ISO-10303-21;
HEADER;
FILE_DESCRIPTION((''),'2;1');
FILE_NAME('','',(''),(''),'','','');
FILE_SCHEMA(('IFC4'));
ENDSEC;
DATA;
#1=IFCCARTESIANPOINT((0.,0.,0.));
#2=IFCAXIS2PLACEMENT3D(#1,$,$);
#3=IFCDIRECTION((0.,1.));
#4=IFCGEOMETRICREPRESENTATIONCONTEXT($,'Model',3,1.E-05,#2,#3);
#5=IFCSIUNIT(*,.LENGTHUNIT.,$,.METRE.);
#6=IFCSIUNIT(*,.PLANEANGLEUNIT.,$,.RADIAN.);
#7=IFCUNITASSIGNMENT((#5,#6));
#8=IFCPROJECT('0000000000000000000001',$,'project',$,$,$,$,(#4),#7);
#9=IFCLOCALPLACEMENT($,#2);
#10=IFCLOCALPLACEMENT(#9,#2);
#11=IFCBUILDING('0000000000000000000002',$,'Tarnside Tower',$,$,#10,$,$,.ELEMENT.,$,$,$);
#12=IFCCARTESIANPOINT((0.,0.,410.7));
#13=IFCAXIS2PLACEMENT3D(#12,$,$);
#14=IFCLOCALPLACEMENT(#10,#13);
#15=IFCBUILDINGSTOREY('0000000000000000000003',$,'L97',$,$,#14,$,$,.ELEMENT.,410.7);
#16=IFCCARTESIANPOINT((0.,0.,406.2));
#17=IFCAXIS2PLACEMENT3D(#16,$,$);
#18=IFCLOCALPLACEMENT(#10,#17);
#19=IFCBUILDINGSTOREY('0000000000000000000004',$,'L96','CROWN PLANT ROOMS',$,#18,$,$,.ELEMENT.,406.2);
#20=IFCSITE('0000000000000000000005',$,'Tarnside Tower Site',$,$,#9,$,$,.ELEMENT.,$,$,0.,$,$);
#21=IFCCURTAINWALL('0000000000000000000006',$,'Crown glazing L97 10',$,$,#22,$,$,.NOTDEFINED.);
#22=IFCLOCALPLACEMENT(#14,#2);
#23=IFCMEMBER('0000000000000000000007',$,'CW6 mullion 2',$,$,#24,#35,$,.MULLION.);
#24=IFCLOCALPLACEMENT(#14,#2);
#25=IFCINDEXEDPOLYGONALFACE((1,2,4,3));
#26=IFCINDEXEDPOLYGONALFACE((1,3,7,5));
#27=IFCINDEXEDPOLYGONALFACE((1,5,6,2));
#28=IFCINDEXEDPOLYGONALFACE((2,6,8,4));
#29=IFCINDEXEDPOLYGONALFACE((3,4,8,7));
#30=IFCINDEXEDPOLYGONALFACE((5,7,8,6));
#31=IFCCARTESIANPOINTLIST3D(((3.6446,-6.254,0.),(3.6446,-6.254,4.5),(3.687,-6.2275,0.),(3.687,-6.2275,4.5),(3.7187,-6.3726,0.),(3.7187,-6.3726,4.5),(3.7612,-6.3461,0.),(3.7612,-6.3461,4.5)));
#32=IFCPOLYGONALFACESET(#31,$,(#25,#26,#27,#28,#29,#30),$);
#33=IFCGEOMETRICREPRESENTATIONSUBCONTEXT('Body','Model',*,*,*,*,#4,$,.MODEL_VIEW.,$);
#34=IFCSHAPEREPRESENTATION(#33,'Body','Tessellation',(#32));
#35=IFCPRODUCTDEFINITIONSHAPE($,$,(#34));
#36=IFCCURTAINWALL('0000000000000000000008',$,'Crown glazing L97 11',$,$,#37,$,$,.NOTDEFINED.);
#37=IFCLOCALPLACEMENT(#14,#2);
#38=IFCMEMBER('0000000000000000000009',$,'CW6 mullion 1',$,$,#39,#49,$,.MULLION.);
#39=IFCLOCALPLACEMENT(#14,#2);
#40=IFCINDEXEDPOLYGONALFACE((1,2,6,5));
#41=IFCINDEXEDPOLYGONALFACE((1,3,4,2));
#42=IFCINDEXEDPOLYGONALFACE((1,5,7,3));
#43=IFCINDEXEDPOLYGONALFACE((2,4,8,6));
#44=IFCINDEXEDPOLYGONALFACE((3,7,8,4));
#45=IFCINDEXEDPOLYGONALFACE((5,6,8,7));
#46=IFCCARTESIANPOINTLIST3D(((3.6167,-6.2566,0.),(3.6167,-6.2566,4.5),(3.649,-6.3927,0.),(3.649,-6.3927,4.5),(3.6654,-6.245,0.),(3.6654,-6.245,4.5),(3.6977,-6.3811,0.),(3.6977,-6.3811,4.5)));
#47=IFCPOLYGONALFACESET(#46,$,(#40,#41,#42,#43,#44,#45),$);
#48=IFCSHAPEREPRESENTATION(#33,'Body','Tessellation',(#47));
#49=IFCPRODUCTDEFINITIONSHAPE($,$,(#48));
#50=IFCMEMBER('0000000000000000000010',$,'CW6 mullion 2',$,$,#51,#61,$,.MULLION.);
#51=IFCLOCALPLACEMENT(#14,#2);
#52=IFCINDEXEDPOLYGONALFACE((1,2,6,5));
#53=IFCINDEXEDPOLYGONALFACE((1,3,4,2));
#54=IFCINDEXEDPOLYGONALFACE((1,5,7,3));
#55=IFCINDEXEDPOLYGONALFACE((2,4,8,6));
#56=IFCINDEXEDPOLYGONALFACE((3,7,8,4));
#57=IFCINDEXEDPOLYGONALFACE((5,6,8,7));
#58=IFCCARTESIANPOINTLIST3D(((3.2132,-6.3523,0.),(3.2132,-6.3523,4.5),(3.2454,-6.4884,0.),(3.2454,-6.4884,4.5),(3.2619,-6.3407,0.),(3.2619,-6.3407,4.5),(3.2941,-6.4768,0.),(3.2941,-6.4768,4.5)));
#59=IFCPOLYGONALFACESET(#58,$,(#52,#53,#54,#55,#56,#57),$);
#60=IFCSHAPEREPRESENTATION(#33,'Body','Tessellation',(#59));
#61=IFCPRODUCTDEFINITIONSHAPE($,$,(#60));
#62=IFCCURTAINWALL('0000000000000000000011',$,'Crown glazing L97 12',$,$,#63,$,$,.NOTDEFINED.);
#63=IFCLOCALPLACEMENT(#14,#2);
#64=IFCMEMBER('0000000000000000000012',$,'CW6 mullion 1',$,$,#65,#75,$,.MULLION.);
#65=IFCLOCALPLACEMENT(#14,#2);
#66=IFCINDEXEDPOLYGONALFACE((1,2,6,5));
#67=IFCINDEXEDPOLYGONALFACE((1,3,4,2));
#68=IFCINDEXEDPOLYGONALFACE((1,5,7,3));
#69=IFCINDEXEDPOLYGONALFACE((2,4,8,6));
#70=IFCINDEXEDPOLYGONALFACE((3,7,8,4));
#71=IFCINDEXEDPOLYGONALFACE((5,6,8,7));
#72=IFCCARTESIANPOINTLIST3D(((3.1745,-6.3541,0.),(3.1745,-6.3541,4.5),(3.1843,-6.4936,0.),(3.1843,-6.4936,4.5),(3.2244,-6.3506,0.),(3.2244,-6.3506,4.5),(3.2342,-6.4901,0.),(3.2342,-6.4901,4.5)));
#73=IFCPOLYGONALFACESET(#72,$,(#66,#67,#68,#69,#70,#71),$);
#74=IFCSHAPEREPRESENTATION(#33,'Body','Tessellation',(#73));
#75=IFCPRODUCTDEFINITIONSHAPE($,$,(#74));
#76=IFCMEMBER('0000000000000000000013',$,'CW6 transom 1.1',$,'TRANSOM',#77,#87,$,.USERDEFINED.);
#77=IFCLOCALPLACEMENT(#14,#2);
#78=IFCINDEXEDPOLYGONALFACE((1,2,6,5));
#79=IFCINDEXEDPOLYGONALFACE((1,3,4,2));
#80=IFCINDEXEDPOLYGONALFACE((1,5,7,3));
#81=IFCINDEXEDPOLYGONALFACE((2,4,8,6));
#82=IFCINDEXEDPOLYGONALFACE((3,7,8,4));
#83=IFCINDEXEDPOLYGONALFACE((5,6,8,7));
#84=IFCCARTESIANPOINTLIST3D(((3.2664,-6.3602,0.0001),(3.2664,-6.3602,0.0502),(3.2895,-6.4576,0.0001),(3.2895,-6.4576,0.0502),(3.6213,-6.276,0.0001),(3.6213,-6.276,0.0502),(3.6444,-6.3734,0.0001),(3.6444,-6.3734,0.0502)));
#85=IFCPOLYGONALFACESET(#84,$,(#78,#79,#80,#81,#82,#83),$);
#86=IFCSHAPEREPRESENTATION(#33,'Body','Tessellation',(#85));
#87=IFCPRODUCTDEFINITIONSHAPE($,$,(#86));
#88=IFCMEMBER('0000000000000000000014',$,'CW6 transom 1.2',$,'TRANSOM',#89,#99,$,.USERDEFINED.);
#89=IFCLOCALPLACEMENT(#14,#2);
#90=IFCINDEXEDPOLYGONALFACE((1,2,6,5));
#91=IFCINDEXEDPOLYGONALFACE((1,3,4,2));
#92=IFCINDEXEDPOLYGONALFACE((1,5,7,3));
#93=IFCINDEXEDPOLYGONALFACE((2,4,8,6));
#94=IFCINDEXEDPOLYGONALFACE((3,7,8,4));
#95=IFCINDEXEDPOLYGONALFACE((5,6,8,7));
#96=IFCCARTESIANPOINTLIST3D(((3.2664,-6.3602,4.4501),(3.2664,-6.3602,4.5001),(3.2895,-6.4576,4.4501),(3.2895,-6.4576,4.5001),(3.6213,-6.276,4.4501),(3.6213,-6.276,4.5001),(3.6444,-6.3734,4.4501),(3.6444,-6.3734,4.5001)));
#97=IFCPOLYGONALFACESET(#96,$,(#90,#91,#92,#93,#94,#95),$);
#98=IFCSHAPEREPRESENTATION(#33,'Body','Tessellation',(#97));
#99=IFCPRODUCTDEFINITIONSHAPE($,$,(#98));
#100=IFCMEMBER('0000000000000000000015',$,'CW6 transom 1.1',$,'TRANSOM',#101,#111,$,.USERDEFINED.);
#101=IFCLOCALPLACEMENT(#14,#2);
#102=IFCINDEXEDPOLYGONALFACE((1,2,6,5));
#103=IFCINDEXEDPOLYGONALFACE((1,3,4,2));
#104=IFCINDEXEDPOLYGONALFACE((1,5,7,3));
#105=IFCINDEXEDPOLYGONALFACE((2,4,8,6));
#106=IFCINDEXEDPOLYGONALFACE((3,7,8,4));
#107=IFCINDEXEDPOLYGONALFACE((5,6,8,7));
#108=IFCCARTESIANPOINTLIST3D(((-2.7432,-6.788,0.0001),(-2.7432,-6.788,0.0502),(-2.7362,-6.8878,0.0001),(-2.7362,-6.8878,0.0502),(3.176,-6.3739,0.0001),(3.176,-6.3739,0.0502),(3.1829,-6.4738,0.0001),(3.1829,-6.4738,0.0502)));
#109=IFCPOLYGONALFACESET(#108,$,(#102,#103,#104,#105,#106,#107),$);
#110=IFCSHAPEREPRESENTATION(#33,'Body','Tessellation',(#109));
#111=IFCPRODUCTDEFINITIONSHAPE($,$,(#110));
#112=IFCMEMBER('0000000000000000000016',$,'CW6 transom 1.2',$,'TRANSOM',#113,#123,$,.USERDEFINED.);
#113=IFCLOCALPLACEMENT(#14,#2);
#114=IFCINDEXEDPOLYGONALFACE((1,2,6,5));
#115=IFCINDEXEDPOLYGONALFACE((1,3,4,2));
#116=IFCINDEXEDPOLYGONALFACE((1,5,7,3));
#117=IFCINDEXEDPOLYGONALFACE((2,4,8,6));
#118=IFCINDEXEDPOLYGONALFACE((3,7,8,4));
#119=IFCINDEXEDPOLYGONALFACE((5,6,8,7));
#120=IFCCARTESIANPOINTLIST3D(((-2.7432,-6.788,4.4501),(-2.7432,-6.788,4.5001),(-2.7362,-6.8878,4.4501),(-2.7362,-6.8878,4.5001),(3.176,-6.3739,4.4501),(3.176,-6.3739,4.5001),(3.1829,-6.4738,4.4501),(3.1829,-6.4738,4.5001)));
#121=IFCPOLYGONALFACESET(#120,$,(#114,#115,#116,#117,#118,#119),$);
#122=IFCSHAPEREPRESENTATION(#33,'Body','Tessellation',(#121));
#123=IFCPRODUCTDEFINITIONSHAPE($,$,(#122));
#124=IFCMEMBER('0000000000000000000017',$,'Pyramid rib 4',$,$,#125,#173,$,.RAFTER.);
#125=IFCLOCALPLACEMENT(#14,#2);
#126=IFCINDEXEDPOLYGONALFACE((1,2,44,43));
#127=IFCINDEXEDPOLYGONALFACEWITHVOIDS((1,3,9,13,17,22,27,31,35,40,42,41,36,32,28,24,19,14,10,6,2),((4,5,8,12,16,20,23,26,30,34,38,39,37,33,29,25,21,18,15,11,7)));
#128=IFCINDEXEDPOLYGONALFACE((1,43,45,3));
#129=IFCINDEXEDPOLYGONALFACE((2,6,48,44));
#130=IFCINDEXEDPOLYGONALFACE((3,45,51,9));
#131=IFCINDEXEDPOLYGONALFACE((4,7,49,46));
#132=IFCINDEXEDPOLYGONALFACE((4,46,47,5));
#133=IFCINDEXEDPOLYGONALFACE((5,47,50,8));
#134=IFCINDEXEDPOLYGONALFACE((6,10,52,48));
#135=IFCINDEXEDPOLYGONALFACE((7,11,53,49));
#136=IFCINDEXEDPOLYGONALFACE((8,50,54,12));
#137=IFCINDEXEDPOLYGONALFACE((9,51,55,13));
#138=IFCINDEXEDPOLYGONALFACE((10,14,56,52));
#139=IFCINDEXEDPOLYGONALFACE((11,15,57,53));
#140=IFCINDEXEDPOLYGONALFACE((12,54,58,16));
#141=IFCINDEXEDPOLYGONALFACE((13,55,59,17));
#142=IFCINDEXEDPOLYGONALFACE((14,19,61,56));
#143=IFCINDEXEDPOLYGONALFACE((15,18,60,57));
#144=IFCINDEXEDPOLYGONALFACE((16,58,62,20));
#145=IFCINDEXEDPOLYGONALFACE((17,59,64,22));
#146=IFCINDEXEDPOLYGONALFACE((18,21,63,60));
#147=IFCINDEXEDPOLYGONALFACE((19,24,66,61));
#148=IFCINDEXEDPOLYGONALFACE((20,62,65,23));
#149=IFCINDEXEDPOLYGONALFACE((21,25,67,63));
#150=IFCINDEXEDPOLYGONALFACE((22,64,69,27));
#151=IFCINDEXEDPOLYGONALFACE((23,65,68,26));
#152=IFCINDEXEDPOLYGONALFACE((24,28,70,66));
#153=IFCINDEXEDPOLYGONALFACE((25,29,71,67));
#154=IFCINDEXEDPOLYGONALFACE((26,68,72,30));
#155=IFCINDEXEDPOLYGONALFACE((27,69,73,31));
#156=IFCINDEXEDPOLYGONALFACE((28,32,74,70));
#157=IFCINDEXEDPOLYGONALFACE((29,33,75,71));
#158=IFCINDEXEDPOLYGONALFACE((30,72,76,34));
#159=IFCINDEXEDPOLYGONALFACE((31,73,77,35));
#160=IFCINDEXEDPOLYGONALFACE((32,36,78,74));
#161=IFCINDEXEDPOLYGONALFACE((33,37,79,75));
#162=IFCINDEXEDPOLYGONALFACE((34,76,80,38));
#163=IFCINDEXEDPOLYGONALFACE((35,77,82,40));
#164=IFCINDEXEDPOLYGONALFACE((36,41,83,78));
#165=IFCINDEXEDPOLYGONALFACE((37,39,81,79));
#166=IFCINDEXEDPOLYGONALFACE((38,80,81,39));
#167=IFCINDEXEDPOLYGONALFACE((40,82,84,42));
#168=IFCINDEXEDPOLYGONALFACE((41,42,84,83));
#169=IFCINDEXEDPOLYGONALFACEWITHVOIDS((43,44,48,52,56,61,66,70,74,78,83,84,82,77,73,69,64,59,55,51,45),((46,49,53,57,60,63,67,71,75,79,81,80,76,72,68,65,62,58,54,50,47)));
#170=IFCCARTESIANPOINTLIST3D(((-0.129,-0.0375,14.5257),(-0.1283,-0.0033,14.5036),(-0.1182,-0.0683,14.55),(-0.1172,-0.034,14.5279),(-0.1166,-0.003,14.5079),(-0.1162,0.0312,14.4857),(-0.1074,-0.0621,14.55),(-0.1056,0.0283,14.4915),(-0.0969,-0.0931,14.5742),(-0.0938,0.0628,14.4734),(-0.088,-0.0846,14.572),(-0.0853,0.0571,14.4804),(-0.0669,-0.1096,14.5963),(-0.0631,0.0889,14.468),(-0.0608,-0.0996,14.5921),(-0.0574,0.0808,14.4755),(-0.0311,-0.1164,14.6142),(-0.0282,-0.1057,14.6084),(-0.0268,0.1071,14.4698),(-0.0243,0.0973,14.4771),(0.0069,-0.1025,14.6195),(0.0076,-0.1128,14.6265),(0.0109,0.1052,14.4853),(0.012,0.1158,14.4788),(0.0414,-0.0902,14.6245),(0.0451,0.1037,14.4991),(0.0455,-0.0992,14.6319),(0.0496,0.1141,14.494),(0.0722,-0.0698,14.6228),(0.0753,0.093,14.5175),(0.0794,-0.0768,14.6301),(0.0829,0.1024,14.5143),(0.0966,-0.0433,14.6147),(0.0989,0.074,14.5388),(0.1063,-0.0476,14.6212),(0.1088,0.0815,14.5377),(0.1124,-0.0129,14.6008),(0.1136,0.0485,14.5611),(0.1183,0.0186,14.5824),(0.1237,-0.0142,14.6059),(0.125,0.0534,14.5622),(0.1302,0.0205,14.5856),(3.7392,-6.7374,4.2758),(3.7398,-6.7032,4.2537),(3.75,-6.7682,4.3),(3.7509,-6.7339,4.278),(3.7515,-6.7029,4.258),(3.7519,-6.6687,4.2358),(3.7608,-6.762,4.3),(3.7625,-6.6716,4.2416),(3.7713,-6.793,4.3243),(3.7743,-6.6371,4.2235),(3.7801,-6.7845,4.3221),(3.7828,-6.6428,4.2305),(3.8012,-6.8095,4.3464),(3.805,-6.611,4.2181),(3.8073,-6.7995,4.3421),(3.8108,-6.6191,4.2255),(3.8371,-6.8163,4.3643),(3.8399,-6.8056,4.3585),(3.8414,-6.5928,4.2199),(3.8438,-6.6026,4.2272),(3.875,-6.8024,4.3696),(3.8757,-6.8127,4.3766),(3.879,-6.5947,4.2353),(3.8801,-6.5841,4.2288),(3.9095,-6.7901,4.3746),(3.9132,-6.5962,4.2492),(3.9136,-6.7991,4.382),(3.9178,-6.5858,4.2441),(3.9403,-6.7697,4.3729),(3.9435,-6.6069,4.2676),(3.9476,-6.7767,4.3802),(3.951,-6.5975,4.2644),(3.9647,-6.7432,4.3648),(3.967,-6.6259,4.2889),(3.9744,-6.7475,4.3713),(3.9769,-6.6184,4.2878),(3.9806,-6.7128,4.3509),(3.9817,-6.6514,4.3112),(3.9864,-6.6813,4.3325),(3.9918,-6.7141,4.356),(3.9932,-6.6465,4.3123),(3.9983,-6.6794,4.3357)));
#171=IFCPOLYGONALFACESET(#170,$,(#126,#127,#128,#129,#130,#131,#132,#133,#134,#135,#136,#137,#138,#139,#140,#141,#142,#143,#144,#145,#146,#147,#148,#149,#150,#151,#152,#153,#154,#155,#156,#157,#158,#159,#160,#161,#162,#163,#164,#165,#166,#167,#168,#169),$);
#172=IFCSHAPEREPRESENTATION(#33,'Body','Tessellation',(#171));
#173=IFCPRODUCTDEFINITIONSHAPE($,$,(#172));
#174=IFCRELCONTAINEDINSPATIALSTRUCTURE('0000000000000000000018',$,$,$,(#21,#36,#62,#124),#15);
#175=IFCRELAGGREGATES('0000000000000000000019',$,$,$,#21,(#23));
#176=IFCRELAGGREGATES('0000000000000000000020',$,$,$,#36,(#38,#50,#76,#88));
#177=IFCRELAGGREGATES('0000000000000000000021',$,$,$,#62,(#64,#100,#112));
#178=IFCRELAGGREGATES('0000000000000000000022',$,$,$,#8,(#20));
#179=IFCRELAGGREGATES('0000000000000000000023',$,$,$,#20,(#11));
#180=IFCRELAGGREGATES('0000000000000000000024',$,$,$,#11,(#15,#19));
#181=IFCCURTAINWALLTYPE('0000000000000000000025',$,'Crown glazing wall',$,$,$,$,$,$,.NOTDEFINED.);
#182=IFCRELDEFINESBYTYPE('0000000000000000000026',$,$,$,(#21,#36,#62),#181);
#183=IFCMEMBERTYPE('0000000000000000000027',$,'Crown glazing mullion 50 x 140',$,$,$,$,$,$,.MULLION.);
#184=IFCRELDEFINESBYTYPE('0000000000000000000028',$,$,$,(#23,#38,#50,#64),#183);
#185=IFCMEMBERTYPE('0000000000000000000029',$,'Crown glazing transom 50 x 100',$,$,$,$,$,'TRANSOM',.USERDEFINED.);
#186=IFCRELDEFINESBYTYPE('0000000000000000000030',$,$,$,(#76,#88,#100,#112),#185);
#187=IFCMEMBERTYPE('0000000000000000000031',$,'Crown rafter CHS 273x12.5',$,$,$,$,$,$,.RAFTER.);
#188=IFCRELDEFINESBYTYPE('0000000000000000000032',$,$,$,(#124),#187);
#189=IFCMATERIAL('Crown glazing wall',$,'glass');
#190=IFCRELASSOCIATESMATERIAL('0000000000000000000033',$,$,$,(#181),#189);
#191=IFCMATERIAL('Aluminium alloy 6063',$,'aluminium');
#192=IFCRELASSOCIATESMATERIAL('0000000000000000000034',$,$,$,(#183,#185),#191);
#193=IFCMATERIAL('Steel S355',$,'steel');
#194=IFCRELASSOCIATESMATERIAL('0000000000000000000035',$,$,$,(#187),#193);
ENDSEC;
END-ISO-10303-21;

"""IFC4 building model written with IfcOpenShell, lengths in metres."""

from ifc_helpers import new_model, si_unit, direction, frame, origin, origin_2d, place, context, subcontext, project, spatial, rectangle, hollow_circle, extrude, material, material_profile, profile_set, type_object, element, aggregate, save


model = new_model("IFC4")

# Units and contexts
model_context = context("Model", 3, precision=1e-05, world=origin(), true_north=direction((0.0, 1.0)))
body_context = subcontext(model_context, "Body", "Model", "MODEL_VIEW")
ifc_project = project(units=[si_unit("LENGTHUNIT", "METRE"), si_unit("PLANEANGLEUNIT", "RADIAN")], contexts=[model_context])

# Site, building, storey
site_placement = place(None, origin())
site = spatial("IfcSite", under=ifc_project, at=site_placement, Name="Tarnside Tower Site", CompositionType="ELEMENT", RefElevation=0.0)
building_placement = place(site_placement, origin())
building = spatial("IfcBuilding", under=site, at=building_placement, Name="Tarnside Tower", CompositionType="ELEMENT")
storey_1_placement = place(building_placement, frame((0.0, 0.0, 410.7)))
storey_1 = spatial("IfcBuildingStorey", under=building, at=storey_1_placement, Name="L97", CompositionType="ELEMENT", Elevation=410.7)

# Curtain wall, member
ifc_material_1 = material(Name="Crown glazing wall", Category="glass")
curtain_wall_type_1 = type_object("IfcCurtainWallType", Name="Crown glazing wall", PredefinedType="NOTDEFINED", material=ifc_material_1)
curtain_wall_1_placement = place(storey_1_placement, origin())
curtain_wall_1 = element("IfcCurtainWall", 1, at=curtain_wall_1_placement, inside=storey_1, type_object=curtain_wall_type_1, Name="Crown glazing L97 10", PredefinedType="NOTDEFINED")
ifc_material_2 = material(Name="Aluminium alloy 6063", Category="aluminium")
ifc_material_profile_1 = material_profile(ifc_material_2, rectangle(XDim=0.1399, YDim=0.05, at=origin_2d()), Name="Crown glazing mullion 50 x 140")
ifc_profile_set_1 = profile_set([ifc_material_profile_1], Name="Aluminium alloy 6063")
member_type_1 = type_object("IfcMemberType", Name="Crown glazing mullion 50 x 140", PredefinedType="MULLION", material=ifc_profile_set_1)
member_1_placement = place(storey_1_placement, frame((3.7029, -6.3, 0.0), z_axis=(0.0, 0.0, 1.0), x_axis=(0.529919, -0.848048, 0.0)))
member_1 = element("IfcMember", 2, at=member_1_placement, type_object=member_type_1, Name="CW6 mullion 2", PredefinedType="MULLION", context=body_context, shape_type="SweptSolid", body=[
    extrude(rectangle(XDim=0.1399, YDim=0.05, at=origin_2d()), origin(), (0.0, 0.0, 1.0), 4.5),
])

# Curtain wall, members
curtain_wall_2_placement = place(storey_1_placement, origin())
curtain_wall_2 = element("IfcCurtainWall", 3, at=curtain_wall_2_placement, inside=storey_1, type_object=curtain_wall_type_1, Name="Crown glazing L97 11", PredefinedType="NOTDEFINED")
member_2_placement = place(storey_1_placement, frame((3.6572, -6.3188, 0.0), z_axis=(0.0, 0.0, 1.0), x_axis=(0.230616, -0.973045, 0.0)))
member_2 = element("IfcMember", 4, at=member_2_placement, type_object=member_type_1, Name="CW6 mullion 1", PredefinedType="MULLION", context=body_context, shape_type="SweptSolid", body=[
    extrude(rectangle(XDim=0.1399, YDim=0.05, at=origin_2d()), origin(), (0.0, 0.0, 1.0), 4.5),
])
member_3_placement = place(storey_1_placement, frame((3.2537, -6.4146, 0.0), z_axis=(0.0, 0.0, 1.0), x_axis=(0.230616, -0.973045, 0.0)))
member_3 = element("IfcMember", 5, at=member_3_placement, type_object=member_type_1, Name="CW6 mullion 2", PredefinedType="MULLION", context=body_context, shape_type="SweptSolid", body=[
    extrude(rectangle(XDim=0.1399, YDim=0.05, at=origin_2d()), origin(), (0.0, 0.0, 1.0), 4.5),
])

# Curtain wall, member
curtain_wall_3_placement = place(storey_1_placement, origin())
curtain_wall_3 = element("IfcCurtainWall", 6, at=curtain_wall_3_placement, inside=storey_1, type_object=curtain_wall_type_1, Name="Crown glazing L97 12", PredefinedType="NOTDEFINED")
member_4_placement = place(storey_1_placement, frame((3.2043, -6.4221, 0.0), z_axis=(0.0, 0.0, 1.0), x_axis=(0.069756, -0.997564, 0.0)))
member_4 = element("IfcMember", 7, at=member_4_placement, type_object=member_type_1, Name="CW6 mullion 1", PredefinedType="MULLION", context=body_context, shape_type="SweptSolid", body=[
    extrude(rectangle(XDim=0.1399, YDim=0.05, at=origin_2d()), origin(), (0.0, 0.0, 1.0), 4.5),
])

# Members
ifc_material_profile_2 = material_profile(ifc_material_2, rectangle(XDim=0.1001, YDim=0.05, at=origin_2d()), Name="Crown glazing transom 50 x 100")
ifc_profile_set_2 = profile_set([ifc_material_profile_2], Name="Aluminium alloy 6063")
member_type_2 = type_object("IfcMemberType", Name="Crown glazing transom 50 x 100", ElementType="TRANSOM", PredefinedType="USERDEFINED", material=ifc_profile_set_2)
member_5_placement = place(storey_1_placement, frame((3.6328, -6.3247, 0.0251), z_axis=(-0.972985, -0.230867, 0.0), x_axis=(0.230867, -0.972985, 0.0)))
member_5 = element("IfcMember", 8, at=member_5_placement, type_object=member_type_2, Name="CW6 transom 1.1", ObjectType="TRANSOM", PredefinedType="USERDEFINED", context=body_context, shape_type="SweptSolid", body=[
    extrude(rectangle(XDim=0.1001, YDim=0.05, at=origin_2d()), origin(), (0.0, 0.0, 1.0), 0.3647),
])
member_6_placement = place(storey_1_placement, frame((3.6328, -6.3247, 4.4751), z_axis=(-0.972985, -0.230867, 0.0), x_axis=(0.230867, -0.972985, 0.0)))
member_6 = element("IfcMember", 9, at=member_6_placement, type_object=member_type_2, Name="CW6 transom 1.2", ObjectType="TRANSOM", PredefinedType="USERDEFINED", context=body_context, shape_type="SweptSolid", body=[
    extrude(rectangle(XDim=0.1001, YDim=0.05, at=origin_2d()), origin(), (0.0, 0.0, 1.0), 0.3647),
])
member_7_placement = place(storey_1_placement, frame((3.1794, -6.4238, 0.0251), z_axis=(-0.997562, -0.069782, 0.0), x_axis=(0.069782, -0.997562, 0.0)))
member_7 = element("IfcMember", 10, at=member_7_placement, type_object=member_type_2, Name="CW6 transom 1.1", ObjectType="TRANSOM", PredefinedType="USERDEFINED", context=body_context, shape_type="SweptSolid", body=[
    extrude(rectangle(XDim=0.1001, YDim=0.05, at=origin_2d()), origin(), (0.0, 0.0, 1.0), 5.9336),
])
member_8_placement = place(storey_1_placement, frame((3.1794, -6.4238, 4.4751), z_axis=(-0.997562, -0.069782, 0.0), x_axis=(0.069782, -0.997562, 0.0)))
member_8 = element("IfcMember", 11, at=member_8_placement, type_object=member_type_2, Name="CW6 transom 1.2", ObjectType="TRANSOM", PredefinedType="USERDEFINED", context=body_context, shape_type="SweptSolid", body=[
    extrude(rectangle(XDim=0.1001, YDim=0.05, at=origin_2d()), origin(), (0.0, 0.0, 1.0), 5.9336),
])
ifc_material_3 = material(Name="Steel S355", Category="steel")
ifc_material_profile_3 = material_profile(ifc_material_3, hollow_circle(Radius=0.1365, WallThickness=0.0125, at=origin_2d()), Name="CHS 273x12.5")
ifc_profile_set_3 = profile_set([ifc_material_profile_3], Name="Steel S355")
member_type_3 = type_object("IfcMemberType", Name="Crown rafter CHS 273x12.5", PredefinedType="RAFTER", material=ifc_profile_set_3)
member_9_placement = place(storey_1_placement, frame((3.8682, -6.7, 4.3), z_axis=(-0.301214, 0.521726, 0.798168), x_axis=(-0.866028, -0.499995, 0.0)))
element("IfcMember", 12, at=member_9_placement, inside=storey_1, type_object=member_type_3, Name="Pyramid rib 4", PredefinedType="RAFTER", context=body_context, shape_type="SweptSolid", body=[
    extrude(hollow_circle(Radius=0.1365, WallThickness=0.0125, at=origin_2d()), origin(), (0.0, 0.0, 1.0), 12.8418),
])

aggregate(curtain_wall_1, [member_1])
aggregate(curtain_wall_2, [member_2, member_3, member_5, member_6])
aggregate(curtain_wall_3, [member_4, member_7, member_8])

# Shared definitions
storey_2_placement = place(building_placement, frame((0.0, 0.0, 406.2)))
storey_2 = spatial("IfcBuildingStorey", under=building, at=storey_2_placement, Name="L96", Description="CROWN PLANT ROOMS", CompositionType="ELEMENT", Elevation=406.2)

save(model, "model.ifc")
